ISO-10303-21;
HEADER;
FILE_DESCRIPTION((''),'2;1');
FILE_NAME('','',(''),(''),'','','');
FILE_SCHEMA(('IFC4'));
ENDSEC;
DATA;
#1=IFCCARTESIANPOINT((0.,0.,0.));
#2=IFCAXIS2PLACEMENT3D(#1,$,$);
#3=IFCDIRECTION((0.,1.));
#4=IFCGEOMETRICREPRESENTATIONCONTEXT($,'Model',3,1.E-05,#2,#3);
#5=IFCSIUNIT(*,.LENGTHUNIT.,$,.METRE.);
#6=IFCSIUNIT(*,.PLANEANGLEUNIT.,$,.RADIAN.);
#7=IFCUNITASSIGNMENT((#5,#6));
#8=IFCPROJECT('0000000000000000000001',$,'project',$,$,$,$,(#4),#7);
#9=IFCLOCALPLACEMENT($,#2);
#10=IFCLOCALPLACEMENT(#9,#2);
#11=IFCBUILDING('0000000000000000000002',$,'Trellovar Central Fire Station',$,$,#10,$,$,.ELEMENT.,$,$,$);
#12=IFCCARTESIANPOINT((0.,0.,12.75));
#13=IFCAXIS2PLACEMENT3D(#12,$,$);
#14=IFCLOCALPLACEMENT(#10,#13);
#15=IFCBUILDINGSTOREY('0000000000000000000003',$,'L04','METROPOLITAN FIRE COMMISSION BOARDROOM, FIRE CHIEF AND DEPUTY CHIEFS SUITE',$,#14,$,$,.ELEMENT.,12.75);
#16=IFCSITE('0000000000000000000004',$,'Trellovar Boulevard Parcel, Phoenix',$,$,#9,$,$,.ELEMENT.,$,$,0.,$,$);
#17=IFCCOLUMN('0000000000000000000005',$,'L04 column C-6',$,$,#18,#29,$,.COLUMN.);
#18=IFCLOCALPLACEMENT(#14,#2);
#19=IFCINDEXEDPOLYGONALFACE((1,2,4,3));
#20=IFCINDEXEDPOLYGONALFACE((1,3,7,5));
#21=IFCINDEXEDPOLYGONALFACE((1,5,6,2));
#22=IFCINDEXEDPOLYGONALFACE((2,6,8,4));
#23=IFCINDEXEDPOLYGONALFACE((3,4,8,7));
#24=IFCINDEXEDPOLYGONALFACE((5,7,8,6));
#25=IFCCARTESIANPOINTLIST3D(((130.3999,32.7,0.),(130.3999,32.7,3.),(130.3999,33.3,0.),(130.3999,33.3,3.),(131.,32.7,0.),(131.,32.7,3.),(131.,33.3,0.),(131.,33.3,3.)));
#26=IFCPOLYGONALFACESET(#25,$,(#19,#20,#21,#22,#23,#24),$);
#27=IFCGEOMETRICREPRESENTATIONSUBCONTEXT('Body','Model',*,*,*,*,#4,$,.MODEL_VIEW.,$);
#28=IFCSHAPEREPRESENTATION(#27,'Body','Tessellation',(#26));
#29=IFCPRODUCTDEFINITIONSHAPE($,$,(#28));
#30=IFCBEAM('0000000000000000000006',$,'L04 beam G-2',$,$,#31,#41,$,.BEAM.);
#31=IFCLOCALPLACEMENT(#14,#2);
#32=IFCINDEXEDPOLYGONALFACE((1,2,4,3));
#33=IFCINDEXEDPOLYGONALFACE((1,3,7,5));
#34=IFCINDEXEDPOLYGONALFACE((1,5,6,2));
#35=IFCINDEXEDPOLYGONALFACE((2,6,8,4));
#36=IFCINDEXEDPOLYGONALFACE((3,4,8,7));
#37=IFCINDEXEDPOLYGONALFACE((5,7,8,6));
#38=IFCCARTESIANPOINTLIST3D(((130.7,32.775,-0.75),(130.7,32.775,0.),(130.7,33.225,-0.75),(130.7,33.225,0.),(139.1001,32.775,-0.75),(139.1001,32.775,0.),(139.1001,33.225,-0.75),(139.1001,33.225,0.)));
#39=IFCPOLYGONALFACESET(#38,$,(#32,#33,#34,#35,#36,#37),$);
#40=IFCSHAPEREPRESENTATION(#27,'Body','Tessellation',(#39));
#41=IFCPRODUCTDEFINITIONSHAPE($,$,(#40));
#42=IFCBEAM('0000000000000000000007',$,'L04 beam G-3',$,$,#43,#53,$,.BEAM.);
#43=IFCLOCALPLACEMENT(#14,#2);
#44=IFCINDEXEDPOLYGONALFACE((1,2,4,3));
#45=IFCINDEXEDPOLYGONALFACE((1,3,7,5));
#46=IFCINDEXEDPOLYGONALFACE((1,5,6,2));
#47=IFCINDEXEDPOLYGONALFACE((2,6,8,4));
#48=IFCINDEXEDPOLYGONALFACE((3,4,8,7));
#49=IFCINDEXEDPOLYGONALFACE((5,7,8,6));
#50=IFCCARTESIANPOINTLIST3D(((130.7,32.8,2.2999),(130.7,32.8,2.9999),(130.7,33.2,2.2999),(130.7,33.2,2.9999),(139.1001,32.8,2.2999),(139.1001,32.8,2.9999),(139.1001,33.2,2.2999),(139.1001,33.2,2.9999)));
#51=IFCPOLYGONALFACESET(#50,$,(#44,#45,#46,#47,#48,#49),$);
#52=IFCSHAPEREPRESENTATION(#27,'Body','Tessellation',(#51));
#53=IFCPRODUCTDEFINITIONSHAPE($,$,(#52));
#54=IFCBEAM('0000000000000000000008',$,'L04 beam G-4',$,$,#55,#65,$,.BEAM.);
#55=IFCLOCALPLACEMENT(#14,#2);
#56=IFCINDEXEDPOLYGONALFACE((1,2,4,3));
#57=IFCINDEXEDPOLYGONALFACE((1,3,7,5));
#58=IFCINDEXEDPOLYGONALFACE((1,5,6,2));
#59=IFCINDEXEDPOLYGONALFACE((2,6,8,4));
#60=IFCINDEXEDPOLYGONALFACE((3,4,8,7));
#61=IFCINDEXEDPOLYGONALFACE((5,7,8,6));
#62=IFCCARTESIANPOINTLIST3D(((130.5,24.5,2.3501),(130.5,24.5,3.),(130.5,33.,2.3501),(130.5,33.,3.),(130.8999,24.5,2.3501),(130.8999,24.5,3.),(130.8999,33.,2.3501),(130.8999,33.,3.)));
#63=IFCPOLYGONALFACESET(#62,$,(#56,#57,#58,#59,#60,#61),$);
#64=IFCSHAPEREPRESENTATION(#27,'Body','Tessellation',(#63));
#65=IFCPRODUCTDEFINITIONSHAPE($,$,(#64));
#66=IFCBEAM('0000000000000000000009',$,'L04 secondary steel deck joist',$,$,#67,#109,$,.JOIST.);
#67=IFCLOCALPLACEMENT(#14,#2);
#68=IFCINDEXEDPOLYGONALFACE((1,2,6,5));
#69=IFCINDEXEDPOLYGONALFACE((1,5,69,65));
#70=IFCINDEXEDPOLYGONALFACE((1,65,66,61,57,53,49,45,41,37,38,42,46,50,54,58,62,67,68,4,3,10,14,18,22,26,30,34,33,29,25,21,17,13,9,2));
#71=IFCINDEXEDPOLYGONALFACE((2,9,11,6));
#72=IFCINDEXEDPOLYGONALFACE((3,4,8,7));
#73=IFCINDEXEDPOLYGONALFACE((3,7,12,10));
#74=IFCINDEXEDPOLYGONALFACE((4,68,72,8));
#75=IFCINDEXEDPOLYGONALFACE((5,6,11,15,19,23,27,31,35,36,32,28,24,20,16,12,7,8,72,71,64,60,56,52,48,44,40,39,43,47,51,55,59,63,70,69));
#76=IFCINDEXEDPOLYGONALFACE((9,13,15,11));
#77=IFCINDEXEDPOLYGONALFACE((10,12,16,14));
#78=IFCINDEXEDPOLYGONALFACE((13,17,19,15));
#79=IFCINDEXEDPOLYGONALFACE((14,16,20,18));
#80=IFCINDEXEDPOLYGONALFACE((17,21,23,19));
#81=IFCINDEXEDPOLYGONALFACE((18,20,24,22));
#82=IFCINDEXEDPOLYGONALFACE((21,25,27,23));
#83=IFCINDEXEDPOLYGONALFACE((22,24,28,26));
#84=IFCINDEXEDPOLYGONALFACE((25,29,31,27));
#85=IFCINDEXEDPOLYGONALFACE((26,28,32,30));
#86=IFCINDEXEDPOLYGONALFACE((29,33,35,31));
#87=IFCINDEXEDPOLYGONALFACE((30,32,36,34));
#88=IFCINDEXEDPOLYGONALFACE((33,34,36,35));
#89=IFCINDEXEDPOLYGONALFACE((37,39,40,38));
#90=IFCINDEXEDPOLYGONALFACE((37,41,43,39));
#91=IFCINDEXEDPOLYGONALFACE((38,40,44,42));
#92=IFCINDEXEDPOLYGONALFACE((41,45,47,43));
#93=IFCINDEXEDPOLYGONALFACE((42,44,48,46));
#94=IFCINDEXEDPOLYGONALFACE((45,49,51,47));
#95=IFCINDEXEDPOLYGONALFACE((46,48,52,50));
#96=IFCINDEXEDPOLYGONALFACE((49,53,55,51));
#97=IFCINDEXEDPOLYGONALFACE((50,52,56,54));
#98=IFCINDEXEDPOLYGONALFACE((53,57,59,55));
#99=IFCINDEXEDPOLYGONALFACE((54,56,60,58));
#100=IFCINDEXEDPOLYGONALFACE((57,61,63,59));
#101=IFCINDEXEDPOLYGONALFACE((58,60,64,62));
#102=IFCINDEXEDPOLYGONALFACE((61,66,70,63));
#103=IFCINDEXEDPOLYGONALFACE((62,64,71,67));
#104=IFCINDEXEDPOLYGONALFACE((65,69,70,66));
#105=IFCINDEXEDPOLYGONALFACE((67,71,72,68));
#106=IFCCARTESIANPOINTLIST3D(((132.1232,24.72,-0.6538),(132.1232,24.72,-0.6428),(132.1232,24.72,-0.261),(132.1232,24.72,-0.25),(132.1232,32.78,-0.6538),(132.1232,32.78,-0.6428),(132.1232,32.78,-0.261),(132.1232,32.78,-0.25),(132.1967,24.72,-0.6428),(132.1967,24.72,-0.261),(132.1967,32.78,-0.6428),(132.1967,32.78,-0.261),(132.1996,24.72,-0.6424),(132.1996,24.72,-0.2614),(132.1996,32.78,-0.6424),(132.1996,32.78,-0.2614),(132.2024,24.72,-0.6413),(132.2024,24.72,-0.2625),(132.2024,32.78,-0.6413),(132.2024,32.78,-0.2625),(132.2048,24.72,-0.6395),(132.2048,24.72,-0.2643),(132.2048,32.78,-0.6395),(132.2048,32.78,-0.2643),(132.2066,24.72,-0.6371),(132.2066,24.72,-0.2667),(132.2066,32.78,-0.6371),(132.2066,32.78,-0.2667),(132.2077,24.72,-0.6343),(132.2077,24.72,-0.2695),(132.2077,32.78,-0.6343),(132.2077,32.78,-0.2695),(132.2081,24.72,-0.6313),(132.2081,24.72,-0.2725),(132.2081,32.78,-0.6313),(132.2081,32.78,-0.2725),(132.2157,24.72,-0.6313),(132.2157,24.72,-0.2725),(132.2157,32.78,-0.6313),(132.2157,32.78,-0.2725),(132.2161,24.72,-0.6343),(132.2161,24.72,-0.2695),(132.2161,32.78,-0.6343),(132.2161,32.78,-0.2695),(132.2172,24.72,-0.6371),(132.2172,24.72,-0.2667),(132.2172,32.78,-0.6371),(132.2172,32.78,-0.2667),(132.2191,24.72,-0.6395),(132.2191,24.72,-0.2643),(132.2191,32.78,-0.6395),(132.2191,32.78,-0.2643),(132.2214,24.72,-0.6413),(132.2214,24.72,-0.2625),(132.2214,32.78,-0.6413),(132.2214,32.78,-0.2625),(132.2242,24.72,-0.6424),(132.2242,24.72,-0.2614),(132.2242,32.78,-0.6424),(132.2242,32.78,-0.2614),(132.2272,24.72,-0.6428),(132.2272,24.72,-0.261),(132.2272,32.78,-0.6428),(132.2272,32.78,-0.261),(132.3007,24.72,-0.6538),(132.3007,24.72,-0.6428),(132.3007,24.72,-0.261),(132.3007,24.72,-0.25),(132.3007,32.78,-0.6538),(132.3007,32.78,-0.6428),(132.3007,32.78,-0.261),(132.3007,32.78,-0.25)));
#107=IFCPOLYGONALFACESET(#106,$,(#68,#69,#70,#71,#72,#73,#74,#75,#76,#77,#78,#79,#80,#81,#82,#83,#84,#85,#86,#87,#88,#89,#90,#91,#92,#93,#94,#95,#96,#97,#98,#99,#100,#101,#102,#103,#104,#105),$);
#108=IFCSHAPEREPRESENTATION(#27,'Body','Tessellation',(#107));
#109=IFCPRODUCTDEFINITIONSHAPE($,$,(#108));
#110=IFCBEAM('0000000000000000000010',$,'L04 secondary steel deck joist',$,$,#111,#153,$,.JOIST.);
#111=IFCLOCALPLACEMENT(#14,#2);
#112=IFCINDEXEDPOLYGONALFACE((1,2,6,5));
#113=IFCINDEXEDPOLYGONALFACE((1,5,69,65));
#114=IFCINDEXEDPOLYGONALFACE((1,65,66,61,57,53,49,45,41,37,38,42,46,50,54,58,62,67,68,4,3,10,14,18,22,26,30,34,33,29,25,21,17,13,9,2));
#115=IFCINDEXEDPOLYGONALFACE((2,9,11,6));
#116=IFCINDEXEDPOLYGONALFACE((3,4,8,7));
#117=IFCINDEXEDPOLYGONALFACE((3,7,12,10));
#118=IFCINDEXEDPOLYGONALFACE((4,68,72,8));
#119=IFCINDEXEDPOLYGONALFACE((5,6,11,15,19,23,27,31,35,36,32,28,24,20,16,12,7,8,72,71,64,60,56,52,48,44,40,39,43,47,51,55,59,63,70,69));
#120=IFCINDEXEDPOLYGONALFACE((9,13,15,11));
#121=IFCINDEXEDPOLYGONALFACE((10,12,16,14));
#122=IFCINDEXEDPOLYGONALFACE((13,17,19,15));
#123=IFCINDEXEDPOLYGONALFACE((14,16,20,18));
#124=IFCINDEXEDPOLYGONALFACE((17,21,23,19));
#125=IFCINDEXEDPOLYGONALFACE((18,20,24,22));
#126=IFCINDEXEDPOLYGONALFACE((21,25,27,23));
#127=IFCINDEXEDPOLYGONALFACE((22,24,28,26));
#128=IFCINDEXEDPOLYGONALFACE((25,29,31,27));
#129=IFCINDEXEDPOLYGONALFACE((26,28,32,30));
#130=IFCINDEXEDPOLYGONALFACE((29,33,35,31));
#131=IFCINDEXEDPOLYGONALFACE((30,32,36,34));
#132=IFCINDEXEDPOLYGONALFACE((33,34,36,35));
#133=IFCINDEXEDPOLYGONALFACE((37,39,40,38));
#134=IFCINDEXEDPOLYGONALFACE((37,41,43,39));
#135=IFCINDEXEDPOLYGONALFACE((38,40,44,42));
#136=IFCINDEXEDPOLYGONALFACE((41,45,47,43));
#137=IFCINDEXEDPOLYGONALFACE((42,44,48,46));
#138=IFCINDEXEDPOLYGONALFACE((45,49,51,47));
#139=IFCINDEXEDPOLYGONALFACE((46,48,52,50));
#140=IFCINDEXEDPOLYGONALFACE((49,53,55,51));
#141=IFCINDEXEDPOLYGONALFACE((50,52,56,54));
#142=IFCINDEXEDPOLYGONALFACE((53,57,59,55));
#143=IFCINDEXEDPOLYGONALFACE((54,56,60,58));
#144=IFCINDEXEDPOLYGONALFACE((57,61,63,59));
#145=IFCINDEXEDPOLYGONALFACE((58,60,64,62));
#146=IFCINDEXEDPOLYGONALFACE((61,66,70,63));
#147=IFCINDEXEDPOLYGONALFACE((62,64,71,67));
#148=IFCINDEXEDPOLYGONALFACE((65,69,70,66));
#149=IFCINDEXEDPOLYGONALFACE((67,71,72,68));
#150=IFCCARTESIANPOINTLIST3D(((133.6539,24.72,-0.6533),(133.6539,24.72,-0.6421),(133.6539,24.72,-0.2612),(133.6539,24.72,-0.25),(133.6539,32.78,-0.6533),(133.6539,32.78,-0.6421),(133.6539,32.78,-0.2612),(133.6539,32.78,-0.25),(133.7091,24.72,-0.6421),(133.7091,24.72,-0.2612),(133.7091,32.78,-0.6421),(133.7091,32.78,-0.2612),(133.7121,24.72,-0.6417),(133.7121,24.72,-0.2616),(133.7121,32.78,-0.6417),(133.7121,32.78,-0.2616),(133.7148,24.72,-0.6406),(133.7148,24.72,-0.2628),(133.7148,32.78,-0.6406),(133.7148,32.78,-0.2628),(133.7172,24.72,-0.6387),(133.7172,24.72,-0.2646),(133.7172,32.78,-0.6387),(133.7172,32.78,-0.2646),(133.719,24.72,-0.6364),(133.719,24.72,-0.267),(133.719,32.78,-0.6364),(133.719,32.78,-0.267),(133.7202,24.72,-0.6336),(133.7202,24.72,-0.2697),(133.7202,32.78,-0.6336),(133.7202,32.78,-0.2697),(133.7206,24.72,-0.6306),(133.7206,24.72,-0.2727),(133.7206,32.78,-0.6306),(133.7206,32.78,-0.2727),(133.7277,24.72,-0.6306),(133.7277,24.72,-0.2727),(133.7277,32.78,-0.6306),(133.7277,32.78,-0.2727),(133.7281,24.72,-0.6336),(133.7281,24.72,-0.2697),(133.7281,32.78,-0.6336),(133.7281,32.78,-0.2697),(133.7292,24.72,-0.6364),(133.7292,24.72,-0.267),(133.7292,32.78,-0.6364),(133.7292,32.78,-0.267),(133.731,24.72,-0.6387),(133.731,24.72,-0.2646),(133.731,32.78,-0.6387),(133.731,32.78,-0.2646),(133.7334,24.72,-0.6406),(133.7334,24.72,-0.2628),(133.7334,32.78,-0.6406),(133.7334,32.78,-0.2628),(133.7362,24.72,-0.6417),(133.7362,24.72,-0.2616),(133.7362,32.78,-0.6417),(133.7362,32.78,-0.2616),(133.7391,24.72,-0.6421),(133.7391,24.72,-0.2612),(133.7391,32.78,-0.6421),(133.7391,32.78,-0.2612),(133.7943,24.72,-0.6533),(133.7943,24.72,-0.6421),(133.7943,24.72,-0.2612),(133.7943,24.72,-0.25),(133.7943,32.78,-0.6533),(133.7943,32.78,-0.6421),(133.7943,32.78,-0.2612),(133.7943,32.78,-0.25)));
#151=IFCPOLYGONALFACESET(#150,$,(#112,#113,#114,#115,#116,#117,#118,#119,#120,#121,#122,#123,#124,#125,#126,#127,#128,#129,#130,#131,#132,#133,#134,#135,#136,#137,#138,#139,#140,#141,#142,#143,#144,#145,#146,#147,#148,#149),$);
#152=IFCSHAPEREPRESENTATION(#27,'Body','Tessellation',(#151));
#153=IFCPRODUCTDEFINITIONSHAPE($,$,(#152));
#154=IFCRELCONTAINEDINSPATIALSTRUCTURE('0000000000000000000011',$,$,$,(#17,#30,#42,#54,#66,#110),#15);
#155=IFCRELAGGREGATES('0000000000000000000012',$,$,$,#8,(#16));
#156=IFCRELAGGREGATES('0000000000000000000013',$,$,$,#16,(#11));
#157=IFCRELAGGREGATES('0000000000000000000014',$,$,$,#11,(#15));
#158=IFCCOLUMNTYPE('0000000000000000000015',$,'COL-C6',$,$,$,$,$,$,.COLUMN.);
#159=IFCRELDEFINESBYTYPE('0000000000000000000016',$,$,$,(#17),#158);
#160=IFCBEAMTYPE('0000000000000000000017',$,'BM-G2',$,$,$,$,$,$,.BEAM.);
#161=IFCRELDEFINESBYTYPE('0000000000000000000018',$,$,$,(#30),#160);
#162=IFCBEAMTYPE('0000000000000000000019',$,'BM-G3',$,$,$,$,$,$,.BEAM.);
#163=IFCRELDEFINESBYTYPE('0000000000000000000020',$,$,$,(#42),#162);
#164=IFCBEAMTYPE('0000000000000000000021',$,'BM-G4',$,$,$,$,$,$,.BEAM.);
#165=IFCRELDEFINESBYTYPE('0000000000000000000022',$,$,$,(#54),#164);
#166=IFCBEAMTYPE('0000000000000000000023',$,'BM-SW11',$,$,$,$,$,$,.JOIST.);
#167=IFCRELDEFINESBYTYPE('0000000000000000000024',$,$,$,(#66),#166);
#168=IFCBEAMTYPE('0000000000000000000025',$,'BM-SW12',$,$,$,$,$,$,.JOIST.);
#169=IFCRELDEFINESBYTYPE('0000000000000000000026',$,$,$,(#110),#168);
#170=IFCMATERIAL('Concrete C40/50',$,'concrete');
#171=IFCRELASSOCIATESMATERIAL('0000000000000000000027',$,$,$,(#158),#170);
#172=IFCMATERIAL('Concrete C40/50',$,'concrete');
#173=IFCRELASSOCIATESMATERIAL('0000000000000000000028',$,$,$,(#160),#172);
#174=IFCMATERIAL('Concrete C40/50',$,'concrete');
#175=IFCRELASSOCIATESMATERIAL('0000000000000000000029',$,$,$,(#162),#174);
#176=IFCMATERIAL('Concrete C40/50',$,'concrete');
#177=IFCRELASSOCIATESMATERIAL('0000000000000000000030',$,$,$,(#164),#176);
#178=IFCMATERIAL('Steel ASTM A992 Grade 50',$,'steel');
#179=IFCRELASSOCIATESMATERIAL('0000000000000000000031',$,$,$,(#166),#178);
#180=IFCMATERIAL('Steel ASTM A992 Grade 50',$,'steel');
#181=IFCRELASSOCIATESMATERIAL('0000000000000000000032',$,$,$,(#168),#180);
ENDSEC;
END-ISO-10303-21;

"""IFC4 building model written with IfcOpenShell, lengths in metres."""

from ifc_helpers import new_model, si_unit, direction, frame, origin, origin_2d, place, context, subcontext, project, spatial, rectangle, i_section, extrude, material, material_profile, profile_set, type_object, element, save


model = new_model("IFC4")

# Units and contexts
model_context = context("Model", 3, precision=1e-05, world=origin(), true_north=direction((0.0, 1.0)))
body_context = subcontext(model_context, "Body", "Model", "MODEL_VIEW")
ifc_project = project(units=[si_unit("LENGTHUNIT", "METRE"), si_unit("PLANEANGLEUNIT", "RADIAN")], contexts=[model_context])

# Site, building, storey
site_placement = place(None, origin())
site = spatial("IfcSite", under=ifc_project, at=site_placement, Name="Trellovar Boulevard Parcel, Phoenix", CompositionType="ELEMENT", RefElevation=0.0)
building_placement = place(site_placement, origin())
building = spatial("IfcBuilding", under=site, at=building_placement, Name="Trellovar Central Fire Station", CompositionType="ELEMENT")
storey_placement = place(building_placement, frame((0.0, 0.0, 12.75)))
storey = spatial("IfcBuildingStorey", under=building, at=storey_placement, Name="L04", Description="METROPOLITAN FIRE COMMISSION BOARDROOM, FIRE CHIEF AND DEPUTY CHIEFS SUITE", CompositionType="ELEMENT", Elevation=12.75)

# Column
ifc_material_1 = material(Name="Concrete C40/50", Category="concrete")
ifc_material_profile_1 = material_profile(ifc_material_1, rectangle(XDim=0.6001, YDim=0.6001, at=origin_2d()), Name="RC600X600")
ifc_profile_set_1 = profile_set([ifc_material_profile_1], Name="Concrete C40/50")
column_type = type_object("IfcColumnType", Name="COL-C6", PredefinedType="COLUMN", material=ifc_profile_set_1)
column_placement = place(storey_placement, frame((130.7, 33.0, 0.0), z_axis=(0.0, 0.0, 1.0), x_axis=(1.0, 0.0, 0.0)))
element("IfcColumn", 1, at=column_placement, inside=storey, type_object=column_type, Name="L04 column C-6", PredefinedType="COLUMN", context=body_context, shape_type="SweptSolid", body=[
    extrude(rectangle(XDim=0.6001, YDim=0.6001, at=origin_2d()), origin(), (0.0, 0.0, 1.0), 3.0),
])

# Beams
ifc_material_2 = material(Name="Concrete C40/50", Category="concrete")
ifc_material_profile_2 = material_profile(ifc_material_2, rectangle(XDim=0.45, YDim=0.75, at=origin_2d()), Name="RC450X750")
ifc_profile_set_2 = profile_set([ifc_material_profile_2], Name="Concrete C40/50")
beam_type_1 = type_object("IfcBeamType", Name="BM-G2", PredefinedType="BEAM", material=ifc_profile_set_2)
beam_1_placement = place(storey_placement, frame((130.7, 33.0, -0.375), z_axis=(1.0, 0.0, 0.0), x_axis=(0.0, 1.0, 0.0)))
element("IfcBeam", 2, at=beam_1_placement, inside=storey, type_object=beam_type_1, Name="L04 beam G-2", PredefinedType="BEAM", context=body_context, shape_type="SweptSolid", body=[
    extrude(rectangle(XDim=0.45, YDim=0.75, at=origin_2d()), origin(), (0.0, 0.0, 1.0), 8.4001),
])
ifc_material_3 = material(Name="Concrete C40/50", Category="concrete")
ifc_material_profile_3 = material_profile(ifc_material_3, rectangle(XDim=0.3999, YDim=0.7, at=origin_2d()), Name="RC400X700")
ifc_profile_set_3 = profile_set([ifc_material_profile_3], Name="Concrete C40/50")
beam_type_2 = type_object("IfcBeamType", Name="BM-G3", PredefinedType="BEAM", material=ifc_profile_set_3)
beam_2_placement = place(storey_placement, frame((130.7, 33.0, 2.6499), z_axis=(1.0, 0.0, 0.0), x_axis=(0.0, 1.0, 0.0)))
element("IfcBeam", 3, at=beam_2_placement, inside=storey, type_object=beam_type_2, Name="L04 beam G-3", PredefinedType="BEAM", context=body_context, shape_type="SweptSolid", body=[
    extrude(rectangle(XDim=0.3999, YDim=0.7, at=origin_2d()), origin(), (0.0, 0.0, 1.0), 8.4001),
])
ifc_material_4 = material(Name="Concrete C40/50", Category="concrete")
ifc_material_profile_4 = material_profile(ifc_material_4, rectangle(XDim=0.3999, YDim=0.6499, at=origin_2d()), Name="RC400X650")
ifc_profile_set_4 = profile_set([ifc_material_profile_4], Name="Concrete C40/50")
beam_type_3 = type_object("IfcBeamType", Name="BM-G4", PredefinedType="BEAM", material=ifc_profile_set_4)
beam_3_placement = place(storey_placement, frame((130.7, 24.5, 2.675), z_axis=(0.0, 1.0, 0.0), x_axis=(-1.0, 0.0, 0.0)))
element("IfcBeam", 4, at=beam_3_placement, inside=storey, type_object=beam_type_3, Name="L04 beam G-4", PredefinedType="BEAM", context=body_context, shape_type="SweptSolid", body=[
    extrude(rectangle(XDim=0.3999, YDim=0.6499, at=origin_2d()), origin(), (0.0, 0.0, 1.0), 8.5),
])
ifc_material_5 = material(Name="Steel ASTM A992 Grade 50", Category="steel")
ifc_material_profile_5 = material_profile(ifc_material_5, i_section(OverallWidth=0.1775, OverallDepth=0.4038, WebThickness=0.0076, FlangeThickness=0.011, FilletRadius=0.0115, at=origin_2d()), Name="W16X36")
ifc_profile_set_5 = profile_set([ifc_material_profile_5], Name="Steel ASTM A992 Grade 50")
beam_type_4 = type_object("IfcBeamType", Name="BM-SW11", PredefinedType="JOIST", material=ifc_profile_set_5)
beam_4_placement = place(storey_placement, frame((132.2119, 24.72, -0.4519), z_axis=(0.0, 1.0, 0.0), x_axis=(-1.0, 0.0, 0.0)))
element("IfcBeam", 5, at=beam_4_placement, inside=storey, type_object=beam_type_4, Name="L04 secondary steel deck joist", PredefinedType="JOIST", context=body_context, shape_type="SweptSolid", body=[
    extrude(i_section(OverallWidth=0.1775, OverallDepth=0.4038, WebThickness=0.0076, FlangeThickness=0.011, FilletRadius=0.0115, at=origin_2d()), origin(), (0.0, 0.0, 1.0), 8.0601),
])
ifc_material_6 = material(Name="Steel ASTM A992 Grade 50", Category="steel")
ifc_material_profile_6 = material_profile(ifc_material_6, i_section(OverallWidth=0.1404, OverallDepth=0.4033, WebThickness=0.0071, FlangeThickness=0.0112, FilletRadius=0.0115, at=origin_2d()), Name="W16X31")
ifc_profile_set_6 = profile_set([ifc_material_profile_6], Name="Steel ASTM A992 Grade 50")
beam_type_5 = type_object("IfcBeamType", Name="BM-SW12", PredefinedType="JOIST", material=ifc_profile_set_6)
beam_5_placement = place(storey_placement, frame((133.7241, 24.72, -0.4517), z_axis=(0.0, 1.0, 0.0), x_axis=(-1.0, 0.0, 0.0)))
element("IfcBeam", 6, at=beam_5_placement, inside=storey, type_object=beam_type_5, Name="L04 secondary steel deck joist", PredefinedType="JOIST", context=body_context, shape_type="SweptSolid", body=[
    extrude(i_section(OverallWidth=0.1404, OverallDepth=0.4033, WebThickness=0.0071, FlangeThickness=0.0112, FilletRadius=0.0115, at=origin_2d()), origin(), (0.0, 0.0, 1.0), 8.0601),
])

save(model, "model.ifc")
